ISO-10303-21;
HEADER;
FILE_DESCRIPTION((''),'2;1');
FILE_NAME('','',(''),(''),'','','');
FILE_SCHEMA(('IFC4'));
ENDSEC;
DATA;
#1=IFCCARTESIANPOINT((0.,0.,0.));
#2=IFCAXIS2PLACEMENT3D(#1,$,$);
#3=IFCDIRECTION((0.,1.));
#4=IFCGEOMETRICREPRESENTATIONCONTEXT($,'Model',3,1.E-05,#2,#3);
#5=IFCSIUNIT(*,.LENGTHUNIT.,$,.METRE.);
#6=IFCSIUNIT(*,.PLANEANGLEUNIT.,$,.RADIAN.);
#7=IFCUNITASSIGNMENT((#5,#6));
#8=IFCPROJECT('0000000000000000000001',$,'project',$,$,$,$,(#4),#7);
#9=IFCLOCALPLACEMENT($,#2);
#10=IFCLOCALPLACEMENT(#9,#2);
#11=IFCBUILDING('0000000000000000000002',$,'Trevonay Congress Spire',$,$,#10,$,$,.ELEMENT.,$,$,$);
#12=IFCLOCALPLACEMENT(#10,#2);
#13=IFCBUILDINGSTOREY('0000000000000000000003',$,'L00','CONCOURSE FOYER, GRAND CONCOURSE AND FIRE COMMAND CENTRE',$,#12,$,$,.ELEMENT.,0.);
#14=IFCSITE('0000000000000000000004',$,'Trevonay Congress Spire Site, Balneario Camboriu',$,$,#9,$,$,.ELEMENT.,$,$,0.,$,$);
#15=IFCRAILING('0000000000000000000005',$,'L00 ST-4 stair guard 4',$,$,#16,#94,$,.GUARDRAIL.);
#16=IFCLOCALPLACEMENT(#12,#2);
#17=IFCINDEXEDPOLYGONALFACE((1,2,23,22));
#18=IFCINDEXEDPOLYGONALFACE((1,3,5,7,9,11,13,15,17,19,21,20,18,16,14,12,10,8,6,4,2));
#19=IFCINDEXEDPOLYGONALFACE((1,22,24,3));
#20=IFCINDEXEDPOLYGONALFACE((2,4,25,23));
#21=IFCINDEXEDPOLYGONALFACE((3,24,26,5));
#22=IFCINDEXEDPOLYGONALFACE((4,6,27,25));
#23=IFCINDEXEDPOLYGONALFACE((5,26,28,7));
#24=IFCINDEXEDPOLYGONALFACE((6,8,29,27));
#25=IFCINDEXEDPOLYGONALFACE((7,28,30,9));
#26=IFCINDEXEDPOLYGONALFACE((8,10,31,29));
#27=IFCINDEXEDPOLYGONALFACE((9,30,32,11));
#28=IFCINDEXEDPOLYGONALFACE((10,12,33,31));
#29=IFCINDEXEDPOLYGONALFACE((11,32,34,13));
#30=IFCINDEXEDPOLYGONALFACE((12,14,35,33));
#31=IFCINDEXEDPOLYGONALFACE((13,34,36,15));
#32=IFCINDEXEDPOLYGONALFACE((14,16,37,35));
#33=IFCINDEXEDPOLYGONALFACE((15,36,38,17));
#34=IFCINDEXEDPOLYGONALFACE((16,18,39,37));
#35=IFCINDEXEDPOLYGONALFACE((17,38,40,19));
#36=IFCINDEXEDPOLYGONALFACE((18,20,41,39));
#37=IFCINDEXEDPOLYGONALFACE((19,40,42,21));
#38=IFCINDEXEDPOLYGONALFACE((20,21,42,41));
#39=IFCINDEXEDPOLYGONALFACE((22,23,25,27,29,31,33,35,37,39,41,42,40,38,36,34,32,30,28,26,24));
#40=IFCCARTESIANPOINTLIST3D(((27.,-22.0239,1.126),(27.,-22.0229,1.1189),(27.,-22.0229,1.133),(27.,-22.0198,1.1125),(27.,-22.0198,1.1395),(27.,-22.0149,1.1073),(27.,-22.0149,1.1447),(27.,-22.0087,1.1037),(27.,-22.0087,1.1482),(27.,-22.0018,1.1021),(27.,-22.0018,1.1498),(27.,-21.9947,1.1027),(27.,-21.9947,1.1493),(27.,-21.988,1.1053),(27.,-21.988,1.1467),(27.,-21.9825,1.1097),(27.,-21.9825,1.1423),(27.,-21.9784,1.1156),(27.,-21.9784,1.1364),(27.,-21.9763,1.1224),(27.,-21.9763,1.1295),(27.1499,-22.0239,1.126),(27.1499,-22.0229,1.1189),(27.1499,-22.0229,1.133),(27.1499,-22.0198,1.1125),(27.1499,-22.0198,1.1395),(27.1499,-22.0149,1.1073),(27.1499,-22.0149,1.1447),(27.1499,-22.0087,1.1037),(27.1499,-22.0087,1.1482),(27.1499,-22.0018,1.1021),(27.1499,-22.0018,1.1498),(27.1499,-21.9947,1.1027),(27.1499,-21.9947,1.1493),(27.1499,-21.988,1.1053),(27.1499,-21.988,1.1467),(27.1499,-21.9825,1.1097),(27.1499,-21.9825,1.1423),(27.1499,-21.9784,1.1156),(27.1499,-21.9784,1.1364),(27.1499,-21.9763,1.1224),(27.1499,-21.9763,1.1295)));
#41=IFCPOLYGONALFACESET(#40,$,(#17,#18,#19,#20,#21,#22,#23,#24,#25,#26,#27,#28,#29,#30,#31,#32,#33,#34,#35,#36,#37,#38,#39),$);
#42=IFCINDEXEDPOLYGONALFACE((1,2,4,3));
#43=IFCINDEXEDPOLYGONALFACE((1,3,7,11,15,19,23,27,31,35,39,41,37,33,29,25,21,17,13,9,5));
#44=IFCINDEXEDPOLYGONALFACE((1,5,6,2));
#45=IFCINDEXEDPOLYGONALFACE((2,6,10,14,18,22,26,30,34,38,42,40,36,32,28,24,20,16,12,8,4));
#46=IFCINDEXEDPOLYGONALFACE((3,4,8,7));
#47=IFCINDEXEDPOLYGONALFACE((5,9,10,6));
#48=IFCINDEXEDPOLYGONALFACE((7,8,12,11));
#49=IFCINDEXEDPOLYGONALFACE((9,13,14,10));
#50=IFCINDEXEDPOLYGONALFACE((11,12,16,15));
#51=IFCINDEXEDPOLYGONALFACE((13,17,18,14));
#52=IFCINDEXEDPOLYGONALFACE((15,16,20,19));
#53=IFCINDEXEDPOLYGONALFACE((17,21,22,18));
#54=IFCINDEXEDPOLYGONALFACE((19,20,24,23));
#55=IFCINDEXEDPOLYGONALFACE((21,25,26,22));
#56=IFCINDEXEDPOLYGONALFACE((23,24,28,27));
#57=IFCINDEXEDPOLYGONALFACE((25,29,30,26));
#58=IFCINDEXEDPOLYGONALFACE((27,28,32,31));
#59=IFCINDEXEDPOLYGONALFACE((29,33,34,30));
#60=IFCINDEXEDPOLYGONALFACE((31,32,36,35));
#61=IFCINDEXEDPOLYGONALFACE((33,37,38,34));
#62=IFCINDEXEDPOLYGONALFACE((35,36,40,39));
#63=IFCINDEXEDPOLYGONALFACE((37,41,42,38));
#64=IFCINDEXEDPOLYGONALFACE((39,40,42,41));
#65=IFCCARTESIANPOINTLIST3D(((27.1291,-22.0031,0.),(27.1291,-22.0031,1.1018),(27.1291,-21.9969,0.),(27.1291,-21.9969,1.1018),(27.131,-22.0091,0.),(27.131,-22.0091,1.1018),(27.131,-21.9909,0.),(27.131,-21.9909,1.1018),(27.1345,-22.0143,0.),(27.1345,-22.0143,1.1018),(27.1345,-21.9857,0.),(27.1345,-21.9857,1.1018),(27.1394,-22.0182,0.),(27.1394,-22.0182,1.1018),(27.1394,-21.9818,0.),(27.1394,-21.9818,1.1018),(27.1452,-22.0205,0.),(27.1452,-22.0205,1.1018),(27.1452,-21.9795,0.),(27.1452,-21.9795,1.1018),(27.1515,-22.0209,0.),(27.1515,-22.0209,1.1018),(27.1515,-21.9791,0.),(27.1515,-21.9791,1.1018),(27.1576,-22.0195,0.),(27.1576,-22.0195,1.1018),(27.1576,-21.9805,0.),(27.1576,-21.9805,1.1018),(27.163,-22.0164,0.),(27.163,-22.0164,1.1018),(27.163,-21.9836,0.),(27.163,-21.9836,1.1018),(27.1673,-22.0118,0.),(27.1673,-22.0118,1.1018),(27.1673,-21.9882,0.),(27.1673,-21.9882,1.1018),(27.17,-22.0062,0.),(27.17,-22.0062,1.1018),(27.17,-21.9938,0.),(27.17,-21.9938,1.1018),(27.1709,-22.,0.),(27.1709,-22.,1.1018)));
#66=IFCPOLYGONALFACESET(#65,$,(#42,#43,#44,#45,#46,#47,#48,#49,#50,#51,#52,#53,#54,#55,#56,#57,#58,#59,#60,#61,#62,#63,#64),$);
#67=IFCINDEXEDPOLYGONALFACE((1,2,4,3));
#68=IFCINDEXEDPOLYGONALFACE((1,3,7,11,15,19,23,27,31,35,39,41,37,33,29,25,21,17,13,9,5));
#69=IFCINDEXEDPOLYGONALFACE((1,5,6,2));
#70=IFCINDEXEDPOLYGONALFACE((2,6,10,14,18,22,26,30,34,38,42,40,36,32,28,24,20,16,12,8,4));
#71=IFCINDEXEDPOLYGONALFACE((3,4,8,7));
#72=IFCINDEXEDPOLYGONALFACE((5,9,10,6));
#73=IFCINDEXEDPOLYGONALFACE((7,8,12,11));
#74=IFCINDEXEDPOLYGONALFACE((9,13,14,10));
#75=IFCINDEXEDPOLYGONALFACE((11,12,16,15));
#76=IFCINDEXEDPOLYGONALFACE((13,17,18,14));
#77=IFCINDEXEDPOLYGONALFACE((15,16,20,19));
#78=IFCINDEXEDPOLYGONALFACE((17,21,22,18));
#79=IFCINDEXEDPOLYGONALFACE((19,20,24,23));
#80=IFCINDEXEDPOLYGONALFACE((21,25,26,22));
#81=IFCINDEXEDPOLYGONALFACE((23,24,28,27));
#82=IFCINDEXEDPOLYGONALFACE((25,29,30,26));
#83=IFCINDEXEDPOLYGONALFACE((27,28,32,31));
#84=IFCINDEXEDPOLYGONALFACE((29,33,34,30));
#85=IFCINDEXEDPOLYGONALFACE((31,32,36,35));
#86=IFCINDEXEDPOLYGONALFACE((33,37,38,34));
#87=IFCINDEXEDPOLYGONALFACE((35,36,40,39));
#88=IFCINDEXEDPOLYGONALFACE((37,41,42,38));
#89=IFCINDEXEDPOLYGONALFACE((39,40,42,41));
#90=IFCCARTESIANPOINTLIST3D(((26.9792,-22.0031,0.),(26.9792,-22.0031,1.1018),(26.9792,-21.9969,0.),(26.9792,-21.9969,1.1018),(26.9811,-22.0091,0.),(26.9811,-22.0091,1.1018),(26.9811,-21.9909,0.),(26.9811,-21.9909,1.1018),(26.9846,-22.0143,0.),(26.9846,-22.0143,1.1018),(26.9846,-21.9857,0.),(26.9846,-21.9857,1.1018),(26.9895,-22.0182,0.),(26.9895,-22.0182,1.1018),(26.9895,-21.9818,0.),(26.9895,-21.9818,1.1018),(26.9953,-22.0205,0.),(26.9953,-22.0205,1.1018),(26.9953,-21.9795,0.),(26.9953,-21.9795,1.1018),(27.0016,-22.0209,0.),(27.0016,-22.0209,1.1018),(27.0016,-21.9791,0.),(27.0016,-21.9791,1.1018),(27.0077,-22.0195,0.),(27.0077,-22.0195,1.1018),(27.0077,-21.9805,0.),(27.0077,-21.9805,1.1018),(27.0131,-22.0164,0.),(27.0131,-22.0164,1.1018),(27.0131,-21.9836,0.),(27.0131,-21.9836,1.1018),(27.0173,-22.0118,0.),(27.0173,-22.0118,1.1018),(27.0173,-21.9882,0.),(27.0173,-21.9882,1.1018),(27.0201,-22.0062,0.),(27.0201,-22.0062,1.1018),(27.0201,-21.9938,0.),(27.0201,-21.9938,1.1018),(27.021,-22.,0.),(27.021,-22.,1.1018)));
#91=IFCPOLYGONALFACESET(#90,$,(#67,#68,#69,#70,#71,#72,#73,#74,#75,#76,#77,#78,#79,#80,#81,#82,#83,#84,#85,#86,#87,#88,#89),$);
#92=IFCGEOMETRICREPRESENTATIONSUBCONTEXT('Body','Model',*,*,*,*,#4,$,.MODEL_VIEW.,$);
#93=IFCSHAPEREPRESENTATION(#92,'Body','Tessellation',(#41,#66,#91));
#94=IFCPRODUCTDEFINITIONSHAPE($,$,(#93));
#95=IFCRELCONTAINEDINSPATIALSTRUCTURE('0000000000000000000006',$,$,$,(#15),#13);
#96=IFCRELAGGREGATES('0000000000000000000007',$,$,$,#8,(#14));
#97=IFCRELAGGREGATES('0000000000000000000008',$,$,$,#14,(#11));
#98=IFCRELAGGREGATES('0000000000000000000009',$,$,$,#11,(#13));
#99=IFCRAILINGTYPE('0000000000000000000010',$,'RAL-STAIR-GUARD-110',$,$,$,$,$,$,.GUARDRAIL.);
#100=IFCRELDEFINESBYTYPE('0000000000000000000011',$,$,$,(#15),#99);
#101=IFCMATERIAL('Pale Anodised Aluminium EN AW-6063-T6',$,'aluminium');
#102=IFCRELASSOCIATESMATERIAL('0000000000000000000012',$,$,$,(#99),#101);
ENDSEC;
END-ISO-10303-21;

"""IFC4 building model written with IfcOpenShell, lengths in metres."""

from ifc_helpers import new_model, si_unit, direction, frame, origin, origin_2d, place, context, subcontext, project, spatial, circle, extrude, material, type_object, element, save


model = new_model("IFC4")

# Units and contexts
model_context = context("Model", 3, precision=1e-05, world=origin(), true_north=direction((0.0, 1.0)))
body_context = subcontext(model_context, "Body", "Model", "MODEL_VIEW")
ifc_project = project(units=[si_unit("LENGTHUNIT", "METRE"), si_unit("PLANEANGLEUNIT", "RADIAN")], contexts=[model_context])

# Site, building, storey
site_placement = place(None, origin())
site = spatial("IfcSite", under=ifc_project, at=site_placement, Name="Trevonay Congress Spire Site, Balneario Camboriu", CompositionType="ELEMENT", RefElevation=0.0)
building_placement = place(site_placement, origin())
building = spatial("IfcBuilding", under=site, at=building_placement, Name="Trevonay Congress Spire", CompositionType="ELEMENT")
storey_placement = place(building_placement, origin())
storey = spatial("IfcBuildingStorey", under=building, at=storey_placement, Name="L00", Description="CONCOURSE FOYER, GRAND CONCOURSE AND FIRE COMMAND CENTRE", CompositionType="ELEMENT", Elevation=0.0)

# Shared definitions
ifc_material_1 = material(Name="Pale Anodised Aluminium EN AW-6063-T6", Category="aluminium")

# Railing
railing_type_1 = type_object("IfcRailingType", Name="RAL-STAIR-GUARD-110", PredefinedType="GUARDRAIL", material=ifc_material_1)
railing_1_placement = place(storey_placement, frame((27.1499, -22.0, 0.0)))
element("IfcRailing", 1, at=railing_1_placement, inside=storey, type_object=railing_type_1, Name="L00 ST-4 stair guard 4", PredefinedType="GUARDRAIL", context=body_context, shape_type="SweptSolid", body=[
    extrude(circle(Radius=0.0239, at=origin_2d()), frame((0.0, 0.0, 1.126), z_axis=(-1.0, 0.0, 0.0), x_axis=(0.0, -1.0, 0.0)), (0.0, 0.0, 1.0), 0.1499),
    extrude(circle(Radius=0.021, at=origin_2d()), origin(), (0.0, 0.0, 1.0), 1.1018),
    extrude(circle(Radius=0.021, at=origin_2d()), frame((-0.1499, 0.0, 0.0)), (0.0, 0.0, 1.0), 1.1018),
])

save(model, "model.ifc")
